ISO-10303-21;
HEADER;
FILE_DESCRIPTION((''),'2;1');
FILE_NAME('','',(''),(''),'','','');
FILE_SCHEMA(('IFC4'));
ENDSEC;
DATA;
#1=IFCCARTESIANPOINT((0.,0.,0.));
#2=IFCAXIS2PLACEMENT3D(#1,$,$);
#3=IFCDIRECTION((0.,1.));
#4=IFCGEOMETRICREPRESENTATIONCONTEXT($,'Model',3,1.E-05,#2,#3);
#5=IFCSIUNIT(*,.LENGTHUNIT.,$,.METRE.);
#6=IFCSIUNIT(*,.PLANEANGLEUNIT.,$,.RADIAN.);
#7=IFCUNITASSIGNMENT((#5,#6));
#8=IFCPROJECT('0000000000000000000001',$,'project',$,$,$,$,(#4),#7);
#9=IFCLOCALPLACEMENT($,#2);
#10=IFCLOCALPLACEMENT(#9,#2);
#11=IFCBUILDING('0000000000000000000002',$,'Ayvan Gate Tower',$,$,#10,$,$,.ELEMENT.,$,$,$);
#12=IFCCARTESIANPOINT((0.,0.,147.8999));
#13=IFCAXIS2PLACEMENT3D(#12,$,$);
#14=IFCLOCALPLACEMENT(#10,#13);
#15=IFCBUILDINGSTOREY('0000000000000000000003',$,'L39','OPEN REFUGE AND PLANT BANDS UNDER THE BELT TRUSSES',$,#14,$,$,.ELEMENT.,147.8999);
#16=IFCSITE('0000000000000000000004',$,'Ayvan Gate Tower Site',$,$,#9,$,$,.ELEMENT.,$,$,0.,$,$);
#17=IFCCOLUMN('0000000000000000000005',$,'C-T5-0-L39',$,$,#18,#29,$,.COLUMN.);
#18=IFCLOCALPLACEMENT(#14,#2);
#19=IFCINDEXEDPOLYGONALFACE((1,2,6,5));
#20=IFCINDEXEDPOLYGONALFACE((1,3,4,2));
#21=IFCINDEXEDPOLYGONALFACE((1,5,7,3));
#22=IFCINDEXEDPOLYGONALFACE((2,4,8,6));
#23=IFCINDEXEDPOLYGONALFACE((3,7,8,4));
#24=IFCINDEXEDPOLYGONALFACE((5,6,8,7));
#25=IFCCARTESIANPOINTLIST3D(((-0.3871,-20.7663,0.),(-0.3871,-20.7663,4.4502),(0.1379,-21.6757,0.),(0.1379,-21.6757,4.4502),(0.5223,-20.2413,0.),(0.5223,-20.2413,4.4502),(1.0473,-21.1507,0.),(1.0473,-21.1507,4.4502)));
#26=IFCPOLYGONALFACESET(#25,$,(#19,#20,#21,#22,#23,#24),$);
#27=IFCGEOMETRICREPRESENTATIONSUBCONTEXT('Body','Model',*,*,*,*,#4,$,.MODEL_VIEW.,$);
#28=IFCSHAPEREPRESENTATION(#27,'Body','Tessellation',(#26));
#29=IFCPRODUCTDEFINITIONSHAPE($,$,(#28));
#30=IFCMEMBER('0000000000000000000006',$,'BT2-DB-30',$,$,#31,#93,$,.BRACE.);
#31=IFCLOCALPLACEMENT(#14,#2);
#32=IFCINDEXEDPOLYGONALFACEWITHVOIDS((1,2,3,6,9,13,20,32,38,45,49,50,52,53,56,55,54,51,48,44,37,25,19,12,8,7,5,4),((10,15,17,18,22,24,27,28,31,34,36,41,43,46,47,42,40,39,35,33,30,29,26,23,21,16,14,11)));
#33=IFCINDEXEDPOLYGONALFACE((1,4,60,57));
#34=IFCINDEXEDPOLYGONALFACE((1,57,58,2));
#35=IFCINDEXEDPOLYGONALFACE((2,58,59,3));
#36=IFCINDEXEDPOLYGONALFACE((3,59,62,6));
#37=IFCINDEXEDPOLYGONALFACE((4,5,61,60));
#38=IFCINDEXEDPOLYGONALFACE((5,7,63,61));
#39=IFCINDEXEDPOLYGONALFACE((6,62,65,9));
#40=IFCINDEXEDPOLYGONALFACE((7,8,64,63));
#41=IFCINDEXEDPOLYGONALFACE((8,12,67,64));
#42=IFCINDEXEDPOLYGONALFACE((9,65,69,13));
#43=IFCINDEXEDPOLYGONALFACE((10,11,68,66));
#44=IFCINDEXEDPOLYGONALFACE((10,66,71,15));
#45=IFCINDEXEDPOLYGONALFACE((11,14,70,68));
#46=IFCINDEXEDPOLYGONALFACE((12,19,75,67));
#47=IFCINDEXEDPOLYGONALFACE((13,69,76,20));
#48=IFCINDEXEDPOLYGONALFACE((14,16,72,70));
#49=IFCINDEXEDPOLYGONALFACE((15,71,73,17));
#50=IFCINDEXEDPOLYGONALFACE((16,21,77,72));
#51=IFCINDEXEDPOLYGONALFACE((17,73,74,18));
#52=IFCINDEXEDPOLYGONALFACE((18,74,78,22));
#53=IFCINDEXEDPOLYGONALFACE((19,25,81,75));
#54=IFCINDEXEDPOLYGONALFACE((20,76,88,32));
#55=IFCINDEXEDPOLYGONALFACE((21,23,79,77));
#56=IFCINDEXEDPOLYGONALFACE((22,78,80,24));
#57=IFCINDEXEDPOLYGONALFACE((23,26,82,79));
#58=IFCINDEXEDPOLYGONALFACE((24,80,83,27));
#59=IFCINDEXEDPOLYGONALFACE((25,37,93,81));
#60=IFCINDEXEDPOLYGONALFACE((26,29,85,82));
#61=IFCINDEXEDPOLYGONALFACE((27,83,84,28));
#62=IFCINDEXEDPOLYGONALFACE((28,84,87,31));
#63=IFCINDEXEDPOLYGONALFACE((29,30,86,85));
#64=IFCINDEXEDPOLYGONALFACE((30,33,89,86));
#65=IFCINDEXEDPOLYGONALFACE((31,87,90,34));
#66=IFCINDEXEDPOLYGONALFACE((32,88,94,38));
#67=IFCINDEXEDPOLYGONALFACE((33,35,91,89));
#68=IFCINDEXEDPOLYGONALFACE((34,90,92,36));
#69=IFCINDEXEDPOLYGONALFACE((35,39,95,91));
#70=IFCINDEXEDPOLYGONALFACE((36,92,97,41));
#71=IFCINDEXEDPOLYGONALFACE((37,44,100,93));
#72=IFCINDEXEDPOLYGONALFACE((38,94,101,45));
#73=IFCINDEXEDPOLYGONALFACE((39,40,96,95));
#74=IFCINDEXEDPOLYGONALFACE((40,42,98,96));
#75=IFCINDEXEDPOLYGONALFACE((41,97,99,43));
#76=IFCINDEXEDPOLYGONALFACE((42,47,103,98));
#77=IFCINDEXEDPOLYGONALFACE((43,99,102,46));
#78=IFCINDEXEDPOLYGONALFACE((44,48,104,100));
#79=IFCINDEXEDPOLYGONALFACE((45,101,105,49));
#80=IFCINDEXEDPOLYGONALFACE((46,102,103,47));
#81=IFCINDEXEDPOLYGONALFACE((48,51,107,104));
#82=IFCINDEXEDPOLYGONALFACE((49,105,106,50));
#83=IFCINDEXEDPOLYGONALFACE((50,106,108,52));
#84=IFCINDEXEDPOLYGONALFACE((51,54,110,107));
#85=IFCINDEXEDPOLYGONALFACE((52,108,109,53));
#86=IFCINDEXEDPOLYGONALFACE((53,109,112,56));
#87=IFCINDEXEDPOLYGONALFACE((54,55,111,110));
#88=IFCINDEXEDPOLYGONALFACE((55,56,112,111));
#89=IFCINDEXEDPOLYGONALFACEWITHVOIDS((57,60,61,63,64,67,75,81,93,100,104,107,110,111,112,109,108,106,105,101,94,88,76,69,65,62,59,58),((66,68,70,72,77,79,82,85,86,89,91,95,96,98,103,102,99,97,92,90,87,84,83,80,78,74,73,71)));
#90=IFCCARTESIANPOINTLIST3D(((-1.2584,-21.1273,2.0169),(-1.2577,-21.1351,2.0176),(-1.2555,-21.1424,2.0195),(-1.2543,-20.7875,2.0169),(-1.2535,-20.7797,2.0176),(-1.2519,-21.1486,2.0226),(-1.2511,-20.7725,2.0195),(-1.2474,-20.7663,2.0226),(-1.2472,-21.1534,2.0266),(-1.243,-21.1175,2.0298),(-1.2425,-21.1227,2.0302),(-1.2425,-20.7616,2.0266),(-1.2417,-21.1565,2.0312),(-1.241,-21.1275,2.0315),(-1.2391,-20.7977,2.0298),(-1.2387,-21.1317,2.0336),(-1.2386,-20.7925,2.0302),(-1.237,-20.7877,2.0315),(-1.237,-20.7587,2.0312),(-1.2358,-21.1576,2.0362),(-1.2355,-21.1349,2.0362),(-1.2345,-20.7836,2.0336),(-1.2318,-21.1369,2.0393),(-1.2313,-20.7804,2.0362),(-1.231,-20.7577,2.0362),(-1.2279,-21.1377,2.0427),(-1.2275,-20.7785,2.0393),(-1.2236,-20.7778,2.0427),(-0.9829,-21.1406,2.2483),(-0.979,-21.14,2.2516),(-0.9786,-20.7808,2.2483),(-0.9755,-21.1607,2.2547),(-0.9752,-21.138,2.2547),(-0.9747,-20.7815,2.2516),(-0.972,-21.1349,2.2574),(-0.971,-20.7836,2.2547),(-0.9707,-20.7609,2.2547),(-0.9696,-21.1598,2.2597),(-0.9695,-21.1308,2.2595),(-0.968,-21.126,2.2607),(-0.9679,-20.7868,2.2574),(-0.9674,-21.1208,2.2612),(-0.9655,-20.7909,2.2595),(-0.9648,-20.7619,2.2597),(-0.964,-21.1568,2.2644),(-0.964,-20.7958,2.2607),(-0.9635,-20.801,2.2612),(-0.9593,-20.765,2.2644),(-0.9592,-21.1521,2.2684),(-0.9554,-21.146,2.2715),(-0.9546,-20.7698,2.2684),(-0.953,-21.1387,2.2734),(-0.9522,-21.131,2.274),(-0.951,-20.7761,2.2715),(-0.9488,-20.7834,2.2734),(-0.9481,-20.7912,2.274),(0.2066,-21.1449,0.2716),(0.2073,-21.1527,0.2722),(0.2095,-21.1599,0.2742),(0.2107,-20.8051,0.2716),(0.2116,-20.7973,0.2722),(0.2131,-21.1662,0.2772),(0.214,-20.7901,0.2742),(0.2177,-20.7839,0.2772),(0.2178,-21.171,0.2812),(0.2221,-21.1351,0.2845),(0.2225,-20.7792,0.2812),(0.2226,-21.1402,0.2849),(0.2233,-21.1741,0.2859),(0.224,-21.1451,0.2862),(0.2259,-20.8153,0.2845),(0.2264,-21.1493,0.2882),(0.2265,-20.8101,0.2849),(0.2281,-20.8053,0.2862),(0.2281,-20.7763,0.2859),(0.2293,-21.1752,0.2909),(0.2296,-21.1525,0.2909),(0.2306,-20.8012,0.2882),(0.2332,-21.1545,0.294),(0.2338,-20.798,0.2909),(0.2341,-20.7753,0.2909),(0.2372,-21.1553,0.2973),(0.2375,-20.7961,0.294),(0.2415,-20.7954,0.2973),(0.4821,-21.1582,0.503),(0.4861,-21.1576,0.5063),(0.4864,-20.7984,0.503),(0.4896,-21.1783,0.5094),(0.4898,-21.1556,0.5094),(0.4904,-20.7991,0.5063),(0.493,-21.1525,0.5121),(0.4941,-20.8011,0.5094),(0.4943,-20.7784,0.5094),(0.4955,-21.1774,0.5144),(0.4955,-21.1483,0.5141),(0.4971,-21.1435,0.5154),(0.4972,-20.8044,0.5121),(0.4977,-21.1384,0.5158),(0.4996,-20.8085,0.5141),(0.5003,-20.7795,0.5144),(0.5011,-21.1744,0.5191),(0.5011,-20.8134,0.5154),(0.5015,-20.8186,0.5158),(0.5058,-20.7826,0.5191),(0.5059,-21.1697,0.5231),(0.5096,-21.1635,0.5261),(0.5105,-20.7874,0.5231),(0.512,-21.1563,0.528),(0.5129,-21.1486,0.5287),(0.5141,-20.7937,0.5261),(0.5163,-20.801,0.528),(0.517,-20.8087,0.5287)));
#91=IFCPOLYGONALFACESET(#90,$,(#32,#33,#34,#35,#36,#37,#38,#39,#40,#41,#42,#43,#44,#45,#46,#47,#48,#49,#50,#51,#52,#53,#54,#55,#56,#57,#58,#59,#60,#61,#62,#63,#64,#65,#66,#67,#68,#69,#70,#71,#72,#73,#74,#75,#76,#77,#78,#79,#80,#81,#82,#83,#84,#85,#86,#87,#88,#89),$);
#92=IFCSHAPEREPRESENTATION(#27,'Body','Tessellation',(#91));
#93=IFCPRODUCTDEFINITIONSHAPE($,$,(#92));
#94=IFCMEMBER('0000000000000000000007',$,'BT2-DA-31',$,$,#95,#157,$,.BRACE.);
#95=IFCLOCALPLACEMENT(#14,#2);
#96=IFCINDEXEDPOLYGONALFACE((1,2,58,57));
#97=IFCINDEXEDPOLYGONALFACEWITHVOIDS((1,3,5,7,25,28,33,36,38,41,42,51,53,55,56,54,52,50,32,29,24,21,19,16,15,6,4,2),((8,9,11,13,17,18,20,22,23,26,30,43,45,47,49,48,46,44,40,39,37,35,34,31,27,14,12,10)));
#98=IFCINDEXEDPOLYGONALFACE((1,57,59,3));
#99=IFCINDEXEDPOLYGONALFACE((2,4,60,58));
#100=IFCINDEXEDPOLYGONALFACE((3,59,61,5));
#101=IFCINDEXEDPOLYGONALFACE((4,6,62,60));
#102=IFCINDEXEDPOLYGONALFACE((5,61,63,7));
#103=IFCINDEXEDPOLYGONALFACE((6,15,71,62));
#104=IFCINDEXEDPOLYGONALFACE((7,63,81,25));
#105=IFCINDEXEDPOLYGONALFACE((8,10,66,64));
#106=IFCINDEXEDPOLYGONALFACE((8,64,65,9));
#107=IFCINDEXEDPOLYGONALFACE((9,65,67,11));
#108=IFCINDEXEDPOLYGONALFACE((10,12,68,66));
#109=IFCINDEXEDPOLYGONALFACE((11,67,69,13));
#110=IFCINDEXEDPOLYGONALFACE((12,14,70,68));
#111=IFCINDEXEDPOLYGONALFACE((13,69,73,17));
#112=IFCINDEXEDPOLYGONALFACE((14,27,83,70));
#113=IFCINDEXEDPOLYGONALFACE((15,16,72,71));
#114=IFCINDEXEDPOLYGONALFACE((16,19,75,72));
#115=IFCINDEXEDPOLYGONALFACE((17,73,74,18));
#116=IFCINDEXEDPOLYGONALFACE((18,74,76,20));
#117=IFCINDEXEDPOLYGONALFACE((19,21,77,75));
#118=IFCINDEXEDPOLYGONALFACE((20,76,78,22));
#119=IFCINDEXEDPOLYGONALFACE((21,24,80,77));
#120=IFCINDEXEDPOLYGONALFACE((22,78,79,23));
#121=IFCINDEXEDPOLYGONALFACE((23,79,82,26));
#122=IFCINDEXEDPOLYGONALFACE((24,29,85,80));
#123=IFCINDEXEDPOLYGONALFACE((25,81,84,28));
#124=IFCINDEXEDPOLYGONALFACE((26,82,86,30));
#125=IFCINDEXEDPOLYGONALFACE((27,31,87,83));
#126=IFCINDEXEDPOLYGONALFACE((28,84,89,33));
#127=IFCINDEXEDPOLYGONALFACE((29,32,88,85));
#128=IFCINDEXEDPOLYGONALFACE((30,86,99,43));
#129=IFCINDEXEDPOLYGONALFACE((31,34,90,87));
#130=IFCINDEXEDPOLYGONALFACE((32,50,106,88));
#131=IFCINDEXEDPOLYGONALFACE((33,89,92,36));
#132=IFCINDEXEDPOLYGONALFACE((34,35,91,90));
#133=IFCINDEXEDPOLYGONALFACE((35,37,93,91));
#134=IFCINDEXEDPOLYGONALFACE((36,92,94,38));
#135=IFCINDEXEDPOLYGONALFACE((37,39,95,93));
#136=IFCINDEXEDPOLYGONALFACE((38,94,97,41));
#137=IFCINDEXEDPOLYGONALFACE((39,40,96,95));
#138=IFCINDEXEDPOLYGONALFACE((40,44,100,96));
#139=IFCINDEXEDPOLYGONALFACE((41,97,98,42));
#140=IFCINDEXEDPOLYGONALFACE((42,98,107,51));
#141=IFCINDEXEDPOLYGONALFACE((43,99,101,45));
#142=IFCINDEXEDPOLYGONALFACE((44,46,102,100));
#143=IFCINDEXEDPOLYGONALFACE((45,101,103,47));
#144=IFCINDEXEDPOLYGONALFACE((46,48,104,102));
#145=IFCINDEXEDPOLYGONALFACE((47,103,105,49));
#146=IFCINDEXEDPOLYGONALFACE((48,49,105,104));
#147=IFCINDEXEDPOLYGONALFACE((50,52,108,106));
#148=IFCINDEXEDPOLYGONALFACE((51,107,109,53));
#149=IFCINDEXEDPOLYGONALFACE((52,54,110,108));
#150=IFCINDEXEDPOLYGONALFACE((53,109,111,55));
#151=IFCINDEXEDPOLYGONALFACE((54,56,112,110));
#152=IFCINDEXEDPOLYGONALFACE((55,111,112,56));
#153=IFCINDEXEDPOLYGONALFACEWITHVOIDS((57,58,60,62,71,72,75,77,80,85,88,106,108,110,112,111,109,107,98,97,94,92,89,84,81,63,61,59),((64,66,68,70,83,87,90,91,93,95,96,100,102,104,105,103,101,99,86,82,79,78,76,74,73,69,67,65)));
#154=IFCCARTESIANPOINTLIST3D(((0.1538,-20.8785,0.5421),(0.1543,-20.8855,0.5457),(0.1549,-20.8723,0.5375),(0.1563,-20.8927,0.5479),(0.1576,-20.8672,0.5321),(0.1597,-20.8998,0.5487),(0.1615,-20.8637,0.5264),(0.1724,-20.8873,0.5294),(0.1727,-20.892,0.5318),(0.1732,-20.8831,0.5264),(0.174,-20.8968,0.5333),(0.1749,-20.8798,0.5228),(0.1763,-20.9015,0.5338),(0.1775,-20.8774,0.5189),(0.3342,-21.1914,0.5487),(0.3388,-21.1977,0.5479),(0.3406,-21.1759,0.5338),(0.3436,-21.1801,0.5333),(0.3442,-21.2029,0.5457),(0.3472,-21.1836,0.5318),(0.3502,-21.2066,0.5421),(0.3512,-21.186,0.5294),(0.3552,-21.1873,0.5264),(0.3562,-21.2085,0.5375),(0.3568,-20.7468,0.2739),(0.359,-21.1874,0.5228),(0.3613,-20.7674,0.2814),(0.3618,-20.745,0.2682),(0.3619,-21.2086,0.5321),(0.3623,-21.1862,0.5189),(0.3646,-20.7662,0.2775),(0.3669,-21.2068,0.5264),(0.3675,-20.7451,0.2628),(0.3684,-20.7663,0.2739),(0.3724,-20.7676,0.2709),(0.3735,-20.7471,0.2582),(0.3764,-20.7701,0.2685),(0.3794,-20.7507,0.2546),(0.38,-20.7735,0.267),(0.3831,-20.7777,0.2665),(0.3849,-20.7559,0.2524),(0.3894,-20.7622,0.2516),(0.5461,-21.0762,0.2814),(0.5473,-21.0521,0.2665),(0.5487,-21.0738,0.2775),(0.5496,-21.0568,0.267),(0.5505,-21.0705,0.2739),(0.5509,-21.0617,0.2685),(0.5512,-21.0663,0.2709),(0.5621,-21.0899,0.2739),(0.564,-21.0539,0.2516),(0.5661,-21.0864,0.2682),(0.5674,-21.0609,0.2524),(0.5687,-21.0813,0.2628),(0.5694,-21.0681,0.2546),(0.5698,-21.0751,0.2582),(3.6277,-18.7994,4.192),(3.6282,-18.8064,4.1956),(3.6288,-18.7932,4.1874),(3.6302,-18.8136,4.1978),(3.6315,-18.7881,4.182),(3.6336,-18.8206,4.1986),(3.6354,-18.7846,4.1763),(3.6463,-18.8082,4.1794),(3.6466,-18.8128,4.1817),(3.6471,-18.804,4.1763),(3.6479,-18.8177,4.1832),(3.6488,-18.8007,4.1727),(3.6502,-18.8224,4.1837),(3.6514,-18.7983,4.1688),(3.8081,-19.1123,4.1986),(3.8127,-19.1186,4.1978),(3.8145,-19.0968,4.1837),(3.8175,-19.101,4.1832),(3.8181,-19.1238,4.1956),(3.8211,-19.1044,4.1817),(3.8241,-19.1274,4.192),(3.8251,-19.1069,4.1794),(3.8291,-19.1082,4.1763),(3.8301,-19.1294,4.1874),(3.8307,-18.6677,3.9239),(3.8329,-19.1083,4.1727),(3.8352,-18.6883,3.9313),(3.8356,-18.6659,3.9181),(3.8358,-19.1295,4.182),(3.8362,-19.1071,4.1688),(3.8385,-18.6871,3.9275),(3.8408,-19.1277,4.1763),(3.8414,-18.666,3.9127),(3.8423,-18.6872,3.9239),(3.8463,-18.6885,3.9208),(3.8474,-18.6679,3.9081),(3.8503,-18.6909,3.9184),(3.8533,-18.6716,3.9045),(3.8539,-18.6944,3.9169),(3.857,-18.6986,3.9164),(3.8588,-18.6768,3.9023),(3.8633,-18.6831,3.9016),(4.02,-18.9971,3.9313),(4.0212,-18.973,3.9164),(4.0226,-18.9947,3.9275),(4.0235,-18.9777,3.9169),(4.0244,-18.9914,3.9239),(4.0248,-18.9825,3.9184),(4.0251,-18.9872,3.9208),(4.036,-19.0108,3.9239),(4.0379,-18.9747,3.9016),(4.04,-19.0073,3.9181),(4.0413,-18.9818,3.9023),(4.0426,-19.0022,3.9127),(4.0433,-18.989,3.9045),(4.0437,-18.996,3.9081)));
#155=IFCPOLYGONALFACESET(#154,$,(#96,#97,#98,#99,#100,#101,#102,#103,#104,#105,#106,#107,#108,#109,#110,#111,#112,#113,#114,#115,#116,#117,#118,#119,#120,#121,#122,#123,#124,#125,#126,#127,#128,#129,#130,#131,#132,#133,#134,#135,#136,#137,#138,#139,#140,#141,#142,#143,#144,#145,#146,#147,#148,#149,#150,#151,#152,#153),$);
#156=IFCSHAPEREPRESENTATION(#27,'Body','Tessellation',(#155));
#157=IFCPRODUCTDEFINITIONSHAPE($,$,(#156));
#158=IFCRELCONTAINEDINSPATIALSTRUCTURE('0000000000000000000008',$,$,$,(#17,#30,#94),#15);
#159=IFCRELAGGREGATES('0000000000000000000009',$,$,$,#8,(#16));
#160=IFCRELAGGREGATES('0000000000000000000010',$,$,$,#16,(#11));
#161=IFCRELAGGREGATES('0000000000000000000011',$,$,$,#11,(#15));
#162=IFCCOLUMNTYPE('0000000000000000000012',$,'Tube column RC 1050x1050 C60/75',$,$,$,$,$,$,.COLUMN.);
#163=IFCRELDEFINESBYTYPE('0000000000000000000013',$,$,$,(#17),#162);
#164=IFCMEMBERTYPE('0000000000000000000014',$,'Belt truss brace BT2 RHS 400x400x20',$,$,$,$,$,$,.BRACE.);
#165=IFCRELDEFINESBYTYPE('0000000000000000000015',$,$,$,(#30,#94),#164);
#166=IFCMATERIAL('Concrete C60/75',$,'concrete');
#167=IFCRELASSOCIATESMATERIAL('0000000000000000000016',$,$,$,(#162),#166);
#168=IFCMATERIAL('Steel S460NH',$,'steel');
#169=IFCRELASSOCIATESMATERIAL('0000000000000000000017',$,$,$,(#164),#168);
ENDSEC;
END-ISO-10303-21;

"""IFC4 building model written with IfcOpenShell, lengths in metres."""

from ifc_helpers import new_model, si_unit, direction, frame, origin, origin_2d, place, context, subcontext, project, spatial, rectangle, hollow_rectangle, extrude, material, material_profile, profile_set, type_object, element, save


model = new_model("IFC4")

# Units and contexts
model_context = context("Model", 3, precision=1e-05, world=origin(), true_north=direction((0.0, 1.0)))
body_context = subcontext(model_context, "Body", "Model", "MODEL_VIEW")
ifc_project = project(units=[si_unit("LENGTHUNIT", "METRE"), si_unit("PLANEANGLEUNIT", "RADIAN")], contexts=[model_context])

# Site, building, storey
site_placement = place(None, origin())
site = spatial("IfcSite", under=ifc_project, at=site_placement, Name="Ayvan Gate Tower Site", CompositionType="ELEMENT", RefElevation=0.0)
building_placement = place(site_placement, origin())
building = spatial("IfcBuilding", under=site, at=building_placement, Name="Ayvan Gate Tower", CompositionType="ELEMENT")
storey_placement = place(building_placement, frame((0.0, 0.0, 147.8999)))
storey = spatial("IfcBuildingStorey", under=building, at=storey_placement, Name="L39", Description="OPEN REFUGE AND PLANT BANDS UNDER THE BELT TRUSSES", CompositionType="ELEMENT", Elevation=147.8999)

# Column
ifc_material_1 = material(Name="Concrete C60/75", Category="concrete")
ifc_material_profile_1 = material_profile(ifc_material_1, rectangle(XDim=1.05, YDim=1.05, at=origin_2d()), Name="RC 1050x1050")
ifc_profile_set_1 = profile_set([ifc_material_profile_1], Name="Concrete C60/75")
column_type = type_object("IfcColumnType", Name="Tube column RC 1050x1050 C60/75", PredefinedType="COLUMN", material=ifc_profile_set_1)
column_placement = place(storey_placement, frame((0.3301, -20.9585, 0.0), z_axis=(0.0, 0.0, 1.0), x_axis=(0.5, -0.866025, 0.0)))
element("IfcColumn", 1, at=column_placement, inside=storey, type_object=column_type, Name="C-T5-0-L39", PredefinedType="COLUMN", context=body_context, shape_type="SweptSolid", body=[
    extrude(rectangle(XDim=1.05, YDim=1.05, at=origin_2d()), origin(), (0.0, 0.0, 1.0), 4.4502),
])

# Members
ifc_material_2 = material(Name="Steel S460NH", Category="steel")
ifc_material_profile_2 = material_profile(ifc_material_2, hollow_rectangle(XDim=0.3999, YDim=0.3999, WallThickness=0.02, InnerFilletRadius=0.02, OuterFilletRadius=0.03, at=origin_2d()), Name="RHS 400x400x20")
ifc_profile_set_2 = profile_set([ifc_material_profile_2], Name="Steel S460NH")
member_type_1 = type_object("IfcMemberType", Name="Belt truss brace BT2 RHS 400x400x20", PredefinedType="BRACE", material=ifc_profile_set_2)
member_1_placement = place(storey_placement, frame((0.3618, -20.9768, 0.4001), z_axis=(-0.642912, 0.007714, 0.765902), x_axis=(-0.011997, -0.999928, 0.0)))
element("IfcMember", 2, at=member_1_placement, inside=storey, type_object=member_type_1, Name="BT2-DB-30", PredefinedType="BRACE", context=body_context, shape_type="SweptSolid", body=[
    extrude(hollow_rectangle(XDim=0.3999, YDim=0.3999, WallThickness=0.02, InnerFilletRadius=0.02, OuterFilletRadius=0.03, at=origin_2d()), origin(), (0.0, 0.0, 1.0), 2.2788),
])
member_2_placement = place(storey_placement, frame((0.3618, -20.9768, 0.4001), z_axis=(0.637304, 0.381424, 0.669597), x_axis=(-0.513547, 0.858062, 0.0)))
element("IfcMember", 3, at=member_2_placement, inside=storey, type_object=member_type_1, Name="BT2-DA-31", PredefinedType="BRACE", context=body_context, shape_type="SweptSolid", body=[
    extrude(hollow_rectangle(XDim=0.3999, YDim=0.3999, WallThickness=0.02, InnerFilletRadius=0.02, OuterFilletRadius=0.03, at=origin_2d()), origin(), (0.0, 0.0, 1.0), 5.4509),
])

save(model, "model.ifc")
